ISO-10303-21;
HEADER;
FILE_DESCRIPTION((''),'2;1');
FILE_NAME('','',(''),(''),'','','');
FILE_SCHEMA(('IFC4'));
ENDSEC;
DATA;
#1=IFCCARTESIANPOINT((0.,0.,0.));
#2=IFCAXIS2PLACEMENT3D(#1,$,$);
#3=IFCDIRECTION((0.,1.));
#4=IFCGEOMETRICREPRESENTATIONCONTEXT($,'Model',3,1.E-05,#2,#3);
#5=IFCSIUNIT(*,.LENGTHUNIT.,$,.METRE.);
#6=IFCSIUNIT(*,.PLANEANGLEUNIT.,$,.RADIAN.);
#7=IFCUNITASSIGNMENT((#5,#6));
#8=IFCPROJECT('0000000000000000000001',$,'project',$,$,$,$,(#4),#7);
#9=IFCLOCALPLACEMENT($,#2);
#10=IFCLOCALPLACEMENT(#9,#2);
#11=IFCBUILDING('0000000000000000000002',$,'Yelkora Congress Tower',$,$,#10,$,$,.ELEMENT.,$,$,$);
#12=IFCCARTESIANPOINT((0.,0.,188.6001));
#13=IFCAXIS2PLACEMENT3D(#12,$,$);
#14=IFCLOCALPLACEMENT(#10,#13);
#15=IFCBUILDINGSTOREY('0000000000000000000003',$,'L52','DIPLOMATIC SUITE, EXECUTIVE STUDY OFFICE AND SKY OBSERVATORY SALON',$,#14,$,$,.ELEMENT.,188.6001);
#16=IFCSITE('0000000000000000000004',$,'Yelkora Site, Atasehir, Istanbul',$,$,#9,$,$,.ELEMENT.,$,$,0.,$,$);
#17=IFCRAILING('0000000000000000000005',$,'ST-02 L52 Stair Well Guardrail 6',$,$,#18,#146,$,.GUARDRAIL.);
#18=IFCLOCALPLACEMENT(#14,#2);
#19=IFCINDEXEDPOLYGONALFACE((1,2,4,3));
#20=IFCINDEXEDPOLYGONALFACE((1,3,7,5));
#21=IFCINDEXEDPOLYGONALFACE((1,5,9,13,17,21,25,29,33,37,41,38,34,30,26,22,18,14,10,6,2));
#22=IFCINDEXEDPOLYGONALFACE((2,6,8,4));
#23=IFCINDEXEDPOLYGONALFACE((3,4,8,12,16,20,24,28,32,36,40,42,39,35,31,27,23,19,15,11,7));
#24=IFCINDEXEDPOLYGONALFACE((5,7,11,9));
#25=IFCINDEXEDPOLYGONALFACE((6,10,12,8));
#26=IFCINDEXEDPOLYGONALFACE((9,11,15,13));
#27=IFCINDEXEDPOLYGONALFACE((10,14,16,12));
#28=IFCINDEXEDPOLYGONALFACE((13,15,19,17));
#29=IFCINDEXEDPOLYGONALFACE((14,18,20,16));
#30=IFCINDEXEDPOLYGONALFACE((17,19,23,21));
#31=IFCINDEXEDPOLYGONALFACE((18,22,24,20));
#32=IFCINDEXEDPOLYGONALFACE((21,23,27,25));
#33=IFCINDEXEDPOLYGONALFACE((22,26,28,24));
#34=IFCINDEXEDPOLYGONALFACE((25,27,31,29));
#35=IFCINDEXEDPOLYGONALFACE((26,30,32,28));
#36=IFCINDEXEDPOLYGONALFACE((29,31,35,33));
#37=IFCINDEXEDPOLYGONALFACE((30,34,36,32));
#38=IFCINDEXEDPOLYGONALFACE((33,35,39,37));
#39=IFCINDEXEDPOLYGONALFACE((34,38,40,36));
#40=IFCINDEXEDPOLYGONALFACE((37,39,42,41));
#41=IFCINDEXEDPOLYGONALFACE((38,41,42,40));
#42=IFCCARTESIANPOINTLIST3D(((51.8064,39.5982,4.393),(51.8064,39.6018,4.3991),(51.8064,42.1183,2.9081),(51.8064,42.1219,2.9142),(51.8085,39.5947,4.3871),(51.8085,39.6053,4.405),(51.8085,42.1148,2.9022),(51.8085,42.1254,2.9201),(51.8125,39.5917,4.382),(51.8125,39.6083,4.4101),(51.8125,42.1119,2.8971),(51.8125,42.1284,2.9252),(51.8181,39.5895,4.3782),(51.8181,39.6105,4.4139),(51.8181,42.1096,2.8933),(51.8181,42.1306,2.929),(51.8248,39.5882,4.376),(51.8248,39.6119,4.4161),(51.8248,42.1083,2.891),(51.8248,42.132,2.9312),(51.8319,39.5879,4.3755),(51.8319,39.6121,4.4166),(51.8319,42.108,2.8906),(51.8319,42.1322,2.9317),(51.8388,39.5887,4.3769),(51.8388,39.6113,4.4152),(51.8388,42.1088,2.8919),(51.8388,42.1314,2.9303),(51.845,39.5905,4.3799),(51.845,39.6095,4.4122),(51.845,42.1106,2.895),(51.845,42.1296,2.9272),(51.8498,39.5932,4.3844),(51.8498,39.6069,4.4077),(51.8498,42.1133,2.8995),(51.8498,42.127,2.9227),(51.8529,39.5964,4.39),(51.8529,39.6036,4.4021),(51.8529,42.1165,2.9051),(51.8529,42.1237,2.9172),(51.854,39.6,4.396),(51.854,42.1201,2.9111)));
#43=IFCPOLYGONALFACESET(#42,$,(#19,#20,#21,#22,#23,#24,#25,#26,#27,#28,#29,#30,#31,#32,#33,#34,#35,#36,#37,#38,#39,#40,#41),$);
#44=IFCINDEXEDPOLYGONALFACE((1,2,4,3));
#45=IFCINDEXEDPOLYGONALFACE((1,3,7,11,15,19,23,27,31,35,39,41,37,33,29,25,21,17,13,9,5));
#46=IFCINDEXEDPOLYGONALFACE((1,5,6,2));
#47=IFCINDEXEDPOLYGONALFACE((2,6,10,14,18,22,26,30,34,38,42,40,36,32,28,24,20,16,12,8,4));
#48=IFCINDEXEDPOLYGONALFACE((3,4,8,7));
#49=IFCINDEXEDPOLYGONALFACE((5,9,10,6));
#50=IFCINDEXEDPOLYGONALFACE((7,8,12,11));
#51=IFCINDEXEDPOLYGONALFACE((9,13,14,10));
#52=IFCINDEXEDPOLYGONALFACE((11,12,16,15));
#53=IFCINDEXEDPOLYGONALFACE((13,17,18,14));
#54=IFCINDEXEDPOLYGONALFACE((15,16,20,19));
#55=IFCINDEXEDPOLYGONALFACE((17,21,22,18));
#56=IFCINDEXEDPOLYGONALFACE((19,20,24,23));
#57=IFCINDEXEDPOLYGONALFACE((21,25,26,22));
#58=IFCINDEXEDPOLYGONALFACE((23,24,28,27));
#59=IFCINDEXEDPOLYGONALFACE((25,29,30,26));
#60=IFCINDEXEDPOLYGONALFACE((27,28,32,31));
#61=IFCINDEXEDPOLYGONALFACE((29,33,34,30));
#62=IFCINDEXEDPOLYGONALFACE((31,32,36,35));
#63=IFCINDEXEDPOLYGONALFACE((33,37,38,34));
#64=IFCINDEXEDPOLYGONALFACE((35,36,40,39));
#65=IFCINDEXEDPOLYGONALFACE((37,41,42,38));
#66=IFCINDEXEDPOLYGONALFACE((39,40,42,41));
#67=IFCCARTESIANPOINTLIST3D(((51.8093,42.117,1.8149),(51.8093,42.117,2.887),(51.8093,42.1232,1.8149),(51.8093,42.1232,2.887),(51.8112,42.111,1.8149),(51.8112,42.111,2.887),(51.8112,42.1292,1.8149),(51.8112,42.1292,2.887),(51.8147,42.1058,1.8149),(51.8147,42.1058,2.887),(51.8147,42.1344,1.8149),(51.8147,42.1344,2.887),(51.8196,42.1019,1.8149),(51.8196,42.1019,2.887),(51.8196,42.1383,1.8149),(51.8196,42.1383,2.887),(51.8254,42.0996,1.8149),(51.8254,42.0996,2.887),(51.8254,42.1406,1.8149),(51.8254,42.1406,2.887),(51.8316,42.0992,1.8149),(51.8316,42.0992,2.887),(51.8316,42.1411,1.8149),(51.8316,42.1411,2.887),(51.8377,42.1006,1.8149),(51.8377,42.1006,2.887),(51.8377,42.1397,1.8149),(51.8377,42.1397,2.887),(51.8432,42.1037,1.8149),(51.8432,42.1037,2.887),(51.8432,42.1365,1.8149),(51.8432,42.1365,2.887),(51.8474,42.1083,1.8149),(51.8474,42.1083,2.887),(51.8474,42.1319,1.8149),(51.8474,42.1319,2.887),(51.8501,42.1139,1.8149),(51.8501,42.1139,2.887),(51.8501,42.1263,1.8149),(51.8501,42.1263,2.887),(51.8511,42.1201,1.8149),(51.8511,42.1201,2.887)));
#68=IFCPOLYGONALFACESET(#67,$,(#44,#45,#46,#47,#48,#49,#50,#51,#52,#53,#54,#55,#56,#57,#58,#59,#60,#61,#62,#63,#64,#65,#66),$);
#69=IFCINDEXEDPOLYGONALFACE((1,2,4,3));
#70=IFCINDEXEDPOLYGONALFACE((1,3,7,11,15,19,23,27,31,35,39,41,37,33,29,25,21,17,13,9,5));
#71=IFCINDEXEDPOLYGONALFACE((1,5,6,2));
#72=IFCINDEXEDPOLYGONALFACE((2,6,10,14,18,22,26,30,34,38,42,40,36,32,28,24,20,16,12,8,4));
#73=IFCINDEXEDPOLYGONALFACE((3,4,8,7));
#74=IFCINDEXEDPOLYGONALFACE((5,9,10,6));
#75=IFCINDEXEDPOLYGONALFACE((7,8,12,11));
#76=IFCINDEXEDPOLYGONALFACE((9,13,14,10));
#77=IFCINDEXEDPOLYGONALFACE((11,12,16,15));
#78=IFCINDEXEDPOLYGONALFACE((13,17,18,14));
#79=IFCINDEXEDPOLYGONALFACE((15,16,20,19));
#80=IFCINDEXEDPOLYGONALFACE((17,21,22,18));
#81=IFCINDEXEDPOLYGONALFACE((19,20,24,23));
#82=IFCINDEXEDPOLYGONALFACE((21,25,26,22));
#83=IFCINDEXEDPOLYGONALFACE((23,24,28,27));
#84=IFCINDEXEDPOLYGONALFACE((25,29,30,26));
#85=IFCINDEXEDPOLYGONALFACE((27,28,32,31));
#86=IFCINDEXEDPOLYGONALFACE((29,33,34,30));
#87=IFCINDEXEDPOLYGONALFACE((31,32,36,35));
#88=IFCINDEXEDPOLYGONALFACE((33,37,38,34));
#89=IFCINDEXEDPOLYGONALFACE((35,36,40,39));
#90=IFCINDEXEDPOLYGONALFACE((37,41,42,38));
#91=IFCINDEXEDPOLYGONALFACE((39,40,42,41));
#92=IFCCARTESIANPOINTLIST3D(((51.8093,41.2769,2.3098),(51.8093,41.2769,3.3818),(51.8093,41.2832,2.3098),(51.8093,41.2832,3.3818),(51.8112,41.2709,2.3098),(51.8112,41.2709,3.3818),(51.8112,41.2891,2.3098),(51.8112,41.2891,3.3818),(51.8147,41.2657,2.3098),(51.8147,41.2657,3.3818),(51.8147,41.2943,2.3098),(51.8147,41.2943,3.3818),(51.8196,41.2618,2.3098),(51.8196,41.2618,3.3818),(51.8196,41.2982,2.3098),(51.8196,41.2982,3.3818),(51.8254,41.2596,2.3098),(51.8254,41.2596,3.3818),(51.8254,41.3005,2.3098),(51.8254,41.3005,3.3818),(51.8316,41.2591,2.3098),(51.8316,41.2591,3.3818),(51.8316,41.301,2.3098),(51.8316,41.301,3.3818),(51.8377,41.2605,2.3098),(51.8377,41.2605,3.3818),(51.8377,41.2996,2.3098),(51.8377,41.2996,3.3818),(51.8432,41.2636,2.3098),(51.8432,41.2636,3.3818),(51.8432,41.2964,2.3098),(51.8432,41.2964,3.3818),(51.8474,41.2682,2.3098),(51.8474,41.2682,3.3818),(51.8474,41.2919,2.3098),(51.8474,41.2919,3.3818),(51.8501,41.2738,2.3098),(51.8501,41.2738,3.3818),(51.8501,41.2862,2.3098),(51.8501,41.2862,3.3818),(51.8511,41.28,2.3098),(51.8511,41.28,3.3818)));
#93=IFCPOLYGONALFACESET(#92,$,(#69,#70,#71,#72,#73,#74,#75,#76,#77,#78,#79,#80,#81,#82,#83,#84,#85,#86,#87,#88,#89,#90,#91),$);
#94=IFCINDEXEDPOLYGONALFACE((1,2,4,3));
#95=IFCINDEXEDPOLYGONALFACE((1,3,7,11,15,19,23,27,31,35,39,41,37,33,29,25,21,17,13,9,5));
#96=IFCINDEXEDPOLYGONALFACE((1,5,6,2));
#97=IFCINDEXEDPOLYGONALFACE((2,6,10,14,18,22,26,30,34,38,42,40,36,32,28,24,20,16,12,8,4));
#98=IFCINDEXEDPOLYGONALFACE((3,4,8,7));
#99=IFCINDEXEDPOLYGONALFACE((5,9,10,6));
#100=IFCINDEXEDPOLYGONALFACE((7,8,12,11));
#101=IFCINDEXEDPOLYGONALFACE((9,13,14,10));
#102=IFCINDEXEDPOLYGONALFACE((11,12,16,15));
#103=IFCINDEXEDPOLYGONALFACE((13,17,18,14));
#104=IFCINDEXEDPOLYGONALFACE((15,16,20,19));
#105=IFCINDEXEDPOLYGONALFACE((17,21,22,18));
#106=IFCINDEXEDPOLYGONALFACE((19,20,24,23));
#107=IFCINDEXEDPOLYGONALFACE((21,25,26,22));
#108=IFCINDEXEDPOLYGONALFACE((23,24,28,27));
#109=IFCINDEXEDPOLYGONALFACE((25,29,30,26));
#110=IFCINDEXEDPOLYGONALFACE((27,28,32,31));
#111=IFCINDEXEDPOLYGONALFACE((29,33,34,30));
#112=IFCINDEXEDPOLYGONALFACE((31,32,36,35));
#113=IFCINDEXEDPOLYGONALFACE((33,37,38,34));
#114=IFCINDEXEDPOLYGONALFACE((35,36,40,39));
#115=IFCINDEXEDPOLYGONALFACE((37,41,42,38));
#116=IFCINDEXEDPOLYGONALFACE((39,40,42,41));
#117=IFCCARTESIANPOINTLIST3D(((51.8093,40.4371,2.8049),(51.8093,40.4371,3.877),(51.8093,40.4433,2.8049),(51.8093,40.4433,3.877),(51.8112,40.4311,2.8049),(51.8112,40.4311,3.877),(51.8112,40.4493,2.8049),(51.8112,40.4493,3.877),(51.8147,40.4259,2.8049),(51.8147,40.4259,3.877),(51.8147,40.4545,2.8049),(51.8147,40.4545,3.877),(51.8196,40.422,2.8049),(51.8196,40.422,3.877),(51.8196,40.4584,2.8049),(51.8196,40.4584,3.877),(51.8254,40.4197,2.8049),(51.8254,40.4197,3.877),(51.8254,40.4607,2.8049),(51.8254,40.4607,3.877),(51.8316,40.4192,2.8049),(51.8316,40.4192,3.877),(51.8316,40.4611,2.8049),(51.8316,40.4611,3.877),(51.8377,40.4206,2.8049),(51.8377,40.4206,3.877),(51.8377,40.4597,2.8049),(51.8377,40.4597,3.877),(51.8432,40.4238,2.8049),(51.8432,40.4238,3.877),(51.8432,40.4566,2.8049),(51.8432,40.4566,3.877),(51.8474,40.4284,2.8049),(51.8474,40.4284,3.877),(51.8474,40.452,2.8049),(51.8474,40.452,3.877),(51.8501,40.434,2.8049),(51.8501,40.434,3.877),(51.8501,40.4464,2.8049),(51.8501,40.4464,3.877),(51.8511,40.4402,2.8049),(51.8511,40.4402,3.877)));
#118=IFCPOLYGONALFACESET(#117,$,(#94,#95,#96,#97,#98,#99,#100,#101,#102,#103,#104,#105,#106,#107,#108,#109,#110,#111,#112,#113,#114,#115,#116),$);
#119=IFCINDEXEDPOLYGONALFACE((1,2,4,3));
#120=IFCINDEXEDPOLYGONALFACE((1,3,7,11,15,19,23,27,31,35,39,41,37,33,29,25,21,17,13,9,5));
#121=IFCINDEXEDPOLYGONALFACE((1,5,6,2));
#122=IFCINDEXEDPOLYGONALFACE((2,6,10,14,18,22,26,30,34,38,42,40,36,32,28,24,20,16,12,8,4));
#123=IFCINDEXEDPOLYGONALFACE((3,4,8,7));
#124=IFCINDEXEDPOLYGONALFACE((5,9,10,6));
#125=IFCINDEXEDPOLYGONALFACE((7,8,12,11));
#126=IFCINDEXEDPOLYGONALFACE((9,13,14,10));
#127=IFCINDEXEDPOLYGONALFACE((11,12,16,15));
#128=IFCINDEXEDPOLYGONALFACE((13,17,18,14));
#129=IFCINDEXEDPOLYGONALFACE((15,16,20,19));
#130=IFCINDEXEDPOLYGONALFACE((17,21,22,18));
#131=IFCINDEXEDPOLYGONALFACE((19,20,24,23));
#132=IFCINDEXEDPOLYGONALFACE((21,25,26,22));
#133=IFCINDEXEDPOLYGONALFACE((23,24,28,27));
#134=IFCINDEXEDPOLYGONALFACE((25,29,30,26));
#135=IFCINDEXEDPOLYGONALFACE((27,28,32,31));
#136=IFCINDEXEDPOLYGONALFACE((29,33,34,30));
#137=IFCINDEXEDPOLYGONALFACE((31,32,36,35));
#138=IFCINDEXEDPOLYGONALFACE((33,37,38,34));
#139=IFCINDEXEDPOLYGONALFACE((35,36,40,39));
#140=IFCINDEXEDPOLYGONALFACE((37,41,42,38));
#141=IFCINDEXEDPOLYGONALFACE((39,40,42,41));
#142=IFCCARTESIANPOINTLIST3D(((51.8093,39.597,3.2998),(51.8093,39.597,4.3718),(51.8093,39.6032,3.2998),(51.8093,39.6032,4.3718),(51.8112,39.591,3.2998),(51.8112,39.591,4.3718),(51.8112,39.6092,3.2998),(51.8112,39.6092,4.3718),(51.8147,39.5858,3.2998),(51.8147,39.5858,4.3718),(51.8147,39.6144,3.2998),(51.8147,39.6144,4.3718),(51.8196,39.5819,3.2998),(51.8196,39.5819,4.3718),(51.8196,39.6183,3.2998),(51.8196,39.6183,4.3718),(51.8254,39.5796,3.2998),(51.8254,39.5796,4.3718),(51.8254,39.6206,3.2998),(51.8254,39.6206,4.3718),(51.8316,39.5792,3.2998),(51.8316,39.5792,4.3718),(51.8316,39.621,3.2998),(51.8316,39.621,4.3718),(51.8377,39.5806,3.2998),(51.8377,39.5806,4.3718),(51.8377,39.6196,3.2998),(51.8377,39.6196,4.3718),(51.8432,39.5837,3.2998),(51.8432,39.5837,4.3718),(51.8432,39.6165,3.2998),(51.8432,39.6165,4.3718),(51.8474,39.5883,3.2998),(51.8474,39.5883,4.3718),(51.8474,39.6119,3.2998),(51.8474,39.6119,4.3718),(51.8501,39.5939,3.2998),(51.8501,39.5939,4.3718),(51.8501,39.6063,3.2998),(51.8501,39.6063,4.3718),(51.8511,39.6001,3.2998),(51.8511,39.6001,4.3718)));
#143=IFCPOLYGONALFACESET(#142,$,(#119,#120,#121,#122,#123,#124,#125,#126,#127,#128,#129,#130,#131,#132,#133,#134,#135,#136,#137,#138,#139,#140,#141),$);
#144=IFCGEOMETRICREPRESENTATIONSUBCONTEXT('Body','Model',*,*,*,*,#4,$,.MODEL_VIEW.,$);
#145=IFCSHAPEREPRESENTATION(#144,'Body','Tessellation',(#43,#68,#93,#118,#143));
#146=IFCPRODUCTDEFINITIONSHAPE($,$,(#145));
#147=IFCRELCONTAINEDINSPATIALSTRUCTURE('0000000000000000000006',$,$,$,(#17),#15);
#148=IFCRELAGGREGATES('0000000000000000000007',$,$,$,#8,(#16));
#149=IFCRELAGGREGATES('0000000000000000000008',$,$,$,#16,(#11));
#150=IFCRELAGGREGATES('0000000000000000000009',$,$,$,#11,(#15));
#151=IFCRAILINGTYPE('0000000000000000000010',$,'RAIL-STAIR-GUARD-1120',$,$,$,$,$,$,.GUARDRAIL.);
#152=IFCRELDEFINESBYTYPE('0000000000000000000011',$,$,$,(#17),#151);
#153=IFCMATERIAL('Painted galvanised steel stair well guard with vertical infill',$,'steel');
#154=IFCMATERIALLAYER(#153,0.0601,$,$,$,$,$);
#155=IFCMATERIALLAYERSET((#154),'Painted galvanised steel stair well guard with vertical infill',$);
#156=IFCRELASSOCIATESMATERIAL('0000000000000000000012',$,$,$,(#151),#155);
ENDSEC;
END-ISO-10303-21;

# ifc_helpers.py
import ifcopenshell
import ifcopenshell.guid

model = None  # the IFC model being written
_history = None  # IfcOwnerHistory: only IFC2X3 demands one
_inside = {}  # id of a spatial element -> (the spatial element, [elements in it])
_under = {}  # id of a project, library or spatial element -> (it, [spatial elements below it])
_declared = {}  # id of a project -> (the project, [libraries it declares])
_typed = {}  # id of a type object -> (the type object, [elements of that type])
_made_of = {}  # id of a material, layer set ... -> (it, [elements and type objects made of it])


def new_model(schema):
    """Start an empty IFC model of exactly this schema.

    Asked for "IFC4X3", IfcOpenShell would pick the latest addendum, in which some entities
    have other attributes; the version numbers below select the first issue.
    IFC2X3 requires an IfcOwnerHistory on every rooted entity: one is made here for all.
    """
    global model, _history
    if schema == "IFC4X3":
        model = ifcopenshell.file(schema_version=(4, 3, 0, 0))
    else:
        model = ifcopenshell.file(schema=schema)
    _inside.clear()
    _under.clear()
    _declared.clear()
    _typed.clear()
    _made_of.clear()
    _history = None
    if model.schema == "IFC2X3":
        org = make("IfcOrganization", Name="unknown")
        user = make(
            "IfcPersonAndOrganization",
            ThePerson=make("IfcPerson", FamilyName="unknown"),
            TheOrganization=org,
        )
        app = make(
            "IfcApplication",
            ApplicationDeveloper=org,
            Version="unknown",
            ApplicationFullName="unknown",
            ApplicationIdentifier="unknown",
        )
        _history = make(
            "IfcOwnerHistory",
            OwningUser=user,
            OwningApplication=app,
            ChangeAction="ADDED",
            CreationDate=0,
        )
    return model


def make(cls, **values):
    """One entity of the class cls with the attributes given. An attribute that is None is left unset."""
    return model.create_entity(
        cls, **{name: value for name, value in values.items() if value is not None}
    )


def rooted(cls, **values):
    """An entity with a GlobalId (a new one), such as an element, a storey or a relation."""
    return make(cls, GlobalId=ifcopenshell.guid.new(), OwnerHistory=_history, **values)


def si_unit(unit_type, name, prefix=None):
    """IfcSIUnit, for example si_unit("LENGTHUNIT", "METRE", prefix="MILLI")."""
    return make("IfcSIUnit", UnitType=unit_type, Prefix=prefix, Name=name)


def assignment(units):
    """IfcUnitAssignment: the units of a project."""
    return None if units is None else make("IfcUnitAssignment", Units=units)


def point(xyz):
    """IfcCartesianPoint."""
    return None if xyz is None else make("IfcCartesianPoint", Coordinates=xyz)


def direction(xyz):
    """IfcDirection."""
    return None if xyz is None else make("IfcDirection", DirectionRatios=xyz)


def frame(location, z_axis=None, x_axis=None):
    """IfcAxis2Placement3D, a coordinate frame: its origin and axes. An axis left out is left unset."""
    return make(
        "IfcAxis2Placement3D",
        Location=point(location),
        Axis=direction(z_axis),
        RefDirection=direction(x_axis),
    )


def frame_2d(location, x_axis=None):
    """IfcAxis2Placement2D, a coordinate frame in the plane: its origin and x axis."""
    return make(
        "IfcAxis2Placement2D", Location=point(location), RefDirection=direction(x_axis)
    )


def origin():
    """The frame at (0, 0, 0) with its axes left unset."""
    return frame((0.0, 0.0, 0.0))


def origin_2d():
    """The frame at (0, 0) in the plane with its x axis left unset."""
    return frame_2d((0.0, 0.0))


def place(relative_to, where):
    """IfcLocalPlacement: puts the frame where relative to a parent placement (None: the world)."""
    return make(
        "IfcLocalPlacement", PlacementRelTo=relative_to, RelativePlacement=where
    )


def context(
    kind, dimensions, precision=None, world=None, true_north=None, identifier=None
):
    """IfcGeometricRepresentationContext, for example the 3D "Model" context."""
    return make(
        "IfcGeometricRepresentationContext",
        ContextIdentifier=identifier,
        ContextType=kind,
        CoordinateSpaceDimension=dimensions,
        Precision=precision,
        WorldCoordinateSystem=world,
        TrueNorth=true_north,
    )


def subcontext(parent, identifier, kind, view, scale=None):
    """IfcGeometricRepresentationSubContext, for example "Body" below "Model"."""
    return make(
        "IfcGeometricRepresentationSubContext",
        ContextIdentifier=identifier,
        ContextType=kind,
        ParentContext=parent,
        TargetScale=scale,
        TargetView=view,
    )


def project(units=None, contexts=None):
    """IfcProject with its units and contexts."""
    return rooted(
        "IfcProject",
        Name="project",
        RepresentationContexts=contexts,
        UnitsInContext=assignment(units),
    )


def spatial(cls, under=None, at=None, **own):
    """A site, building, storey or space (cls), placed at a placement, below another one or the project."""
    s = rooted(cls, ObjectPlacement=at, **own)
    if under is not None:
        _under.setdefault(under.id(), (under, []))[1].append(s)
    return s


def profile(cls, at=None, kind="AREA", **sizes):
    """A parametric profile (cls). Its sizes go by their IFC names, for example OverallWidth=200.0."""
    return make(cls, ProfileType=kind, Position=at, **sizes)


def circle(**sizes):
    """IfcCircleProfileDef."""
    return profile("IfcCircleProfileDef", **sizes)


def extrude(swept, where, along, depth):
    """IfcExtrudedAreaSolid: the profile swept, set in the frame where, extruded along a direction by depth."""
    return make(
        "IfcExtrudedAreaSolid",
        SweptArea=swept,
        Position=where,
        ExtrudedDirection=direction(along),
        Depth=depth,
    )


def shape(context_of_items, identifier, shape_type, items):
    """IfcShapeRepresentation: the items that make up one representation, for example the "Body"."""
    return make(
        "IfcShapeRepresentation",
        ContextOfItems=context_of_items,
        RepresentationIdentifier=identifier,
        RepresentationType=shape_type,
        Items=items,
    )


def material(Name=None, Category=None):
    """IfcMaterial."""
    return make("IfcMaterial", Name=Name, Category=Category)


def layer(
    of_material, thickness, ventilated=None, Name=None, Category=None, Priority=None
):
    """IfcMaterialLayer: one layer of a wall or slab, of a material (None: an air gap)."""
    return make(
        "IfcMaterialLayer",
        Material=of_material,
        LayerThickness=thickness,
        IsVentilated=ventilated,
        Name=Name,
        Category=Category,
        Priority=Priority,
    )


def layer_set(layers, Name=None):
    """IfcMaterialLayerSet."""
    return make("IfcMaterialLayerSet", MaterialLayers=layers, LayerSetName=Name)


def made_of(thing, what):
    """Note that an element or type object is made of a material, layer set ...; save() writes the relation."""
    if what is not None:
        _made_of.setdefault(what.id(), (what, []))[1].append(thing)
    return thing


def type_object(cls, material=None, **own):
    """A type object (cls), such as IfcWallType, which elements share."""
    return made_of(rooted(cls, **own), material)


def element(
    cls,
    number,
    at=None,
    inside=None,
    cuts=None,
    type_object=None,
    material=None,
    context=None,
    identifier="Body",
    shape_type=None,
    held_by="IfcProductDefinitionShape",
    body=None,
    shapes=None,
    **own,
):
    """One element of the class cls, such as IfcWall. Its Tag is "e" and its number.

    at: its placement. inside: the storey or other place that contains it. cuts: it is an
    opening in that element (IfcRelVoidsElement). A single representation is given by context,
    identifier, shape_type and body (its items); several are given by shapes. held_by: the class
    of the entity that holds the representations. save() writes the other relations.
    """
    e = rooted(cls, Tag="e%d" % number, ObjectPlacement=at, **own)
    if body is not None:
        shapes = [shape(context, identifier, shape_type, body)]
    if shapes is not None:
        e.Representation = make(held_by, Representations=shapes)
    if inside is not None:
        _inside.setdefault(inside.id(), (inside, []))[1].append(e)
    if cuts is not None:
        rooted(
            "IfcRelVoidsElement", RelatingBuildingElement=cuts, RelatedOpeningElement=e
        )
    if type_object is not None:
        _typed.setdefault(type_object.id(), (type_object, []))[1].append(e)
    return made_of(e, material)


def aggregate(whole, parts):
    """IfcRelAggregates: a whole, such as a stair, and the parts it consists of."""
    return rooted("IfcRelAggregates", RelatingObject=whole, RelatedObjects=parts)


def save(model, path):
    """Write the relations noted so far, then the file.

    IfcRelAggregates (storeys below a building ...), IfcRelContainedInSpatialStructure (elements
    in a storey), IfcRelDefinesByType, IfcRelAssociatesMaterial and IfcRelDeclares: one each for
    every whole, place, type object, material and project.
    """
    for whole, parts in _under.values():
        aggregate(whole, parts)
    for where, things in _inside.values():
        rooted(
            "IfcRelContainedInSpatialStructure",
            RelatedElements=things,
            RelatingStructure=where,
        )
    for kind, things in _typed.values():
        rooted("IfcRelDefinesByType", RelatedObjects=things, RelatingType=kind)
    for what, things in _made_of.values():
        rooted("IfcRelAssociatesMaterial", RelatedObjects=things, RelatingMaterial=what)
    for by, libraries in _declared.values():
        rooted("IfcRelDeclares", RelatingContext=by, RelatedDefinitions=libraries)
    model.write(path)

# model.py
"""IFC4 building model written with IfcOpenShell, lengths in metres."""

from ifc_helpers import new_model, si_unit, direction, frame, origin, origin_2d, place, context, subcontext, project, spatial, circle, extrude, material, layer, layer_set, type_object, element, save


model = new_model("IFC4")

# Units and contexts
model_context = context("Model", 3, precision=1e-05, world=origin(), true_north=direction((0.0, 1.0)))
body_context = subcontext(model_context, "Body", "Model", "MODEL_VIEW")
ifc_project = project(units=[si_unit("LENGTHUNIT", "METRE"), si_unit("PLANEANGLEUNIT", "RADIAN")], contexts=[model_context])

# Site, building, storey
site_placement = place(None, origin())
site = spatial("IfcSite", under=ifc_project, at=site_placement, Name="Yelkora Site, Atasehir, Istanbul", CompositionType="ELEMENT", RefElevation=0.0)
building_placement = place(site_placement, origin())
building = spatial("IfcBuilding", under=site, at=building_placement, Name="Yelkora Congress Tower", CompositionType="ELEMENT")
storey_placement = place(building_placement, frame((0.0, 0.0, 188.6001)))
storey = spatial("IfcBuildingStorey", under=building, at=storey_placement, Name="L52", Description="DIPLOMATIC SUITE, EXECUTIVE STUDY OFFICE AND SKY OBSERVATORY SALON", CompositionType="ELEMENT", Elevation=188.6001)

# Railing
ifc_material_1 = material(Name="Painted galvanised steel stair well guard with vertical infill", Category="steel")
ifc_layer_1 = layer(ifc_material_1, 0.0601)
ifc_layer_set_1 = layer_set([ifc_layer_1], Name="Painted galvanised steel stair well guard with vertical infill")
railing_type_1 = type_object("IfcRailingType", Name="RAIL-STAIR-GUARD-1120", PredefinedType="GUARDRAIL", material=ifc_layer_set_1)
railing_1_placement = place(storey_placement, frame((51.8301, 42.1201, 1.8149)))
element("IfcRailing", 1, at=railing_1_placement, inside=storey, type_object=railing_type_1, Name="ST-02 L52 Stair Well Guardrail 6", PredefinedType="GUARDRAIL", context=body_context, shape_type="SweptSolid", body=[
    extrude(circle(Radius=0.0239, at=origin_2d()), frame((0.0, 0.0, 1.0962), z_axis=(0.0, -0.861561, 0.507655), x_axis=(1.0, 0.0, 0.0)), (0.0, 0.0, 1.0), 2.925),
    extrude(circle(Radius=0.021, at=origin_2d()), origin(), (0.0, 0.0, 1.0), 1.072),
    extrude(circle(Radius=0.021, at=origin_2d()), frame((0.0, -0.8401, 0.4949)), (0.0, 0.0, 1.0), 1.072),
    extrude(circle(Radius=0.021, at=origin_2d()), frame((0.0, -1.6799, 0.99)), (0.0, 0.0, 1.0), 1.072),
    extrude(circle(Radius=0.021, at=origin_2d()), frame((0.0, -2.52, 1.4849)), (0.0, 0.0, 1.0), 1.072),
])

save(model, "model.ifc")
